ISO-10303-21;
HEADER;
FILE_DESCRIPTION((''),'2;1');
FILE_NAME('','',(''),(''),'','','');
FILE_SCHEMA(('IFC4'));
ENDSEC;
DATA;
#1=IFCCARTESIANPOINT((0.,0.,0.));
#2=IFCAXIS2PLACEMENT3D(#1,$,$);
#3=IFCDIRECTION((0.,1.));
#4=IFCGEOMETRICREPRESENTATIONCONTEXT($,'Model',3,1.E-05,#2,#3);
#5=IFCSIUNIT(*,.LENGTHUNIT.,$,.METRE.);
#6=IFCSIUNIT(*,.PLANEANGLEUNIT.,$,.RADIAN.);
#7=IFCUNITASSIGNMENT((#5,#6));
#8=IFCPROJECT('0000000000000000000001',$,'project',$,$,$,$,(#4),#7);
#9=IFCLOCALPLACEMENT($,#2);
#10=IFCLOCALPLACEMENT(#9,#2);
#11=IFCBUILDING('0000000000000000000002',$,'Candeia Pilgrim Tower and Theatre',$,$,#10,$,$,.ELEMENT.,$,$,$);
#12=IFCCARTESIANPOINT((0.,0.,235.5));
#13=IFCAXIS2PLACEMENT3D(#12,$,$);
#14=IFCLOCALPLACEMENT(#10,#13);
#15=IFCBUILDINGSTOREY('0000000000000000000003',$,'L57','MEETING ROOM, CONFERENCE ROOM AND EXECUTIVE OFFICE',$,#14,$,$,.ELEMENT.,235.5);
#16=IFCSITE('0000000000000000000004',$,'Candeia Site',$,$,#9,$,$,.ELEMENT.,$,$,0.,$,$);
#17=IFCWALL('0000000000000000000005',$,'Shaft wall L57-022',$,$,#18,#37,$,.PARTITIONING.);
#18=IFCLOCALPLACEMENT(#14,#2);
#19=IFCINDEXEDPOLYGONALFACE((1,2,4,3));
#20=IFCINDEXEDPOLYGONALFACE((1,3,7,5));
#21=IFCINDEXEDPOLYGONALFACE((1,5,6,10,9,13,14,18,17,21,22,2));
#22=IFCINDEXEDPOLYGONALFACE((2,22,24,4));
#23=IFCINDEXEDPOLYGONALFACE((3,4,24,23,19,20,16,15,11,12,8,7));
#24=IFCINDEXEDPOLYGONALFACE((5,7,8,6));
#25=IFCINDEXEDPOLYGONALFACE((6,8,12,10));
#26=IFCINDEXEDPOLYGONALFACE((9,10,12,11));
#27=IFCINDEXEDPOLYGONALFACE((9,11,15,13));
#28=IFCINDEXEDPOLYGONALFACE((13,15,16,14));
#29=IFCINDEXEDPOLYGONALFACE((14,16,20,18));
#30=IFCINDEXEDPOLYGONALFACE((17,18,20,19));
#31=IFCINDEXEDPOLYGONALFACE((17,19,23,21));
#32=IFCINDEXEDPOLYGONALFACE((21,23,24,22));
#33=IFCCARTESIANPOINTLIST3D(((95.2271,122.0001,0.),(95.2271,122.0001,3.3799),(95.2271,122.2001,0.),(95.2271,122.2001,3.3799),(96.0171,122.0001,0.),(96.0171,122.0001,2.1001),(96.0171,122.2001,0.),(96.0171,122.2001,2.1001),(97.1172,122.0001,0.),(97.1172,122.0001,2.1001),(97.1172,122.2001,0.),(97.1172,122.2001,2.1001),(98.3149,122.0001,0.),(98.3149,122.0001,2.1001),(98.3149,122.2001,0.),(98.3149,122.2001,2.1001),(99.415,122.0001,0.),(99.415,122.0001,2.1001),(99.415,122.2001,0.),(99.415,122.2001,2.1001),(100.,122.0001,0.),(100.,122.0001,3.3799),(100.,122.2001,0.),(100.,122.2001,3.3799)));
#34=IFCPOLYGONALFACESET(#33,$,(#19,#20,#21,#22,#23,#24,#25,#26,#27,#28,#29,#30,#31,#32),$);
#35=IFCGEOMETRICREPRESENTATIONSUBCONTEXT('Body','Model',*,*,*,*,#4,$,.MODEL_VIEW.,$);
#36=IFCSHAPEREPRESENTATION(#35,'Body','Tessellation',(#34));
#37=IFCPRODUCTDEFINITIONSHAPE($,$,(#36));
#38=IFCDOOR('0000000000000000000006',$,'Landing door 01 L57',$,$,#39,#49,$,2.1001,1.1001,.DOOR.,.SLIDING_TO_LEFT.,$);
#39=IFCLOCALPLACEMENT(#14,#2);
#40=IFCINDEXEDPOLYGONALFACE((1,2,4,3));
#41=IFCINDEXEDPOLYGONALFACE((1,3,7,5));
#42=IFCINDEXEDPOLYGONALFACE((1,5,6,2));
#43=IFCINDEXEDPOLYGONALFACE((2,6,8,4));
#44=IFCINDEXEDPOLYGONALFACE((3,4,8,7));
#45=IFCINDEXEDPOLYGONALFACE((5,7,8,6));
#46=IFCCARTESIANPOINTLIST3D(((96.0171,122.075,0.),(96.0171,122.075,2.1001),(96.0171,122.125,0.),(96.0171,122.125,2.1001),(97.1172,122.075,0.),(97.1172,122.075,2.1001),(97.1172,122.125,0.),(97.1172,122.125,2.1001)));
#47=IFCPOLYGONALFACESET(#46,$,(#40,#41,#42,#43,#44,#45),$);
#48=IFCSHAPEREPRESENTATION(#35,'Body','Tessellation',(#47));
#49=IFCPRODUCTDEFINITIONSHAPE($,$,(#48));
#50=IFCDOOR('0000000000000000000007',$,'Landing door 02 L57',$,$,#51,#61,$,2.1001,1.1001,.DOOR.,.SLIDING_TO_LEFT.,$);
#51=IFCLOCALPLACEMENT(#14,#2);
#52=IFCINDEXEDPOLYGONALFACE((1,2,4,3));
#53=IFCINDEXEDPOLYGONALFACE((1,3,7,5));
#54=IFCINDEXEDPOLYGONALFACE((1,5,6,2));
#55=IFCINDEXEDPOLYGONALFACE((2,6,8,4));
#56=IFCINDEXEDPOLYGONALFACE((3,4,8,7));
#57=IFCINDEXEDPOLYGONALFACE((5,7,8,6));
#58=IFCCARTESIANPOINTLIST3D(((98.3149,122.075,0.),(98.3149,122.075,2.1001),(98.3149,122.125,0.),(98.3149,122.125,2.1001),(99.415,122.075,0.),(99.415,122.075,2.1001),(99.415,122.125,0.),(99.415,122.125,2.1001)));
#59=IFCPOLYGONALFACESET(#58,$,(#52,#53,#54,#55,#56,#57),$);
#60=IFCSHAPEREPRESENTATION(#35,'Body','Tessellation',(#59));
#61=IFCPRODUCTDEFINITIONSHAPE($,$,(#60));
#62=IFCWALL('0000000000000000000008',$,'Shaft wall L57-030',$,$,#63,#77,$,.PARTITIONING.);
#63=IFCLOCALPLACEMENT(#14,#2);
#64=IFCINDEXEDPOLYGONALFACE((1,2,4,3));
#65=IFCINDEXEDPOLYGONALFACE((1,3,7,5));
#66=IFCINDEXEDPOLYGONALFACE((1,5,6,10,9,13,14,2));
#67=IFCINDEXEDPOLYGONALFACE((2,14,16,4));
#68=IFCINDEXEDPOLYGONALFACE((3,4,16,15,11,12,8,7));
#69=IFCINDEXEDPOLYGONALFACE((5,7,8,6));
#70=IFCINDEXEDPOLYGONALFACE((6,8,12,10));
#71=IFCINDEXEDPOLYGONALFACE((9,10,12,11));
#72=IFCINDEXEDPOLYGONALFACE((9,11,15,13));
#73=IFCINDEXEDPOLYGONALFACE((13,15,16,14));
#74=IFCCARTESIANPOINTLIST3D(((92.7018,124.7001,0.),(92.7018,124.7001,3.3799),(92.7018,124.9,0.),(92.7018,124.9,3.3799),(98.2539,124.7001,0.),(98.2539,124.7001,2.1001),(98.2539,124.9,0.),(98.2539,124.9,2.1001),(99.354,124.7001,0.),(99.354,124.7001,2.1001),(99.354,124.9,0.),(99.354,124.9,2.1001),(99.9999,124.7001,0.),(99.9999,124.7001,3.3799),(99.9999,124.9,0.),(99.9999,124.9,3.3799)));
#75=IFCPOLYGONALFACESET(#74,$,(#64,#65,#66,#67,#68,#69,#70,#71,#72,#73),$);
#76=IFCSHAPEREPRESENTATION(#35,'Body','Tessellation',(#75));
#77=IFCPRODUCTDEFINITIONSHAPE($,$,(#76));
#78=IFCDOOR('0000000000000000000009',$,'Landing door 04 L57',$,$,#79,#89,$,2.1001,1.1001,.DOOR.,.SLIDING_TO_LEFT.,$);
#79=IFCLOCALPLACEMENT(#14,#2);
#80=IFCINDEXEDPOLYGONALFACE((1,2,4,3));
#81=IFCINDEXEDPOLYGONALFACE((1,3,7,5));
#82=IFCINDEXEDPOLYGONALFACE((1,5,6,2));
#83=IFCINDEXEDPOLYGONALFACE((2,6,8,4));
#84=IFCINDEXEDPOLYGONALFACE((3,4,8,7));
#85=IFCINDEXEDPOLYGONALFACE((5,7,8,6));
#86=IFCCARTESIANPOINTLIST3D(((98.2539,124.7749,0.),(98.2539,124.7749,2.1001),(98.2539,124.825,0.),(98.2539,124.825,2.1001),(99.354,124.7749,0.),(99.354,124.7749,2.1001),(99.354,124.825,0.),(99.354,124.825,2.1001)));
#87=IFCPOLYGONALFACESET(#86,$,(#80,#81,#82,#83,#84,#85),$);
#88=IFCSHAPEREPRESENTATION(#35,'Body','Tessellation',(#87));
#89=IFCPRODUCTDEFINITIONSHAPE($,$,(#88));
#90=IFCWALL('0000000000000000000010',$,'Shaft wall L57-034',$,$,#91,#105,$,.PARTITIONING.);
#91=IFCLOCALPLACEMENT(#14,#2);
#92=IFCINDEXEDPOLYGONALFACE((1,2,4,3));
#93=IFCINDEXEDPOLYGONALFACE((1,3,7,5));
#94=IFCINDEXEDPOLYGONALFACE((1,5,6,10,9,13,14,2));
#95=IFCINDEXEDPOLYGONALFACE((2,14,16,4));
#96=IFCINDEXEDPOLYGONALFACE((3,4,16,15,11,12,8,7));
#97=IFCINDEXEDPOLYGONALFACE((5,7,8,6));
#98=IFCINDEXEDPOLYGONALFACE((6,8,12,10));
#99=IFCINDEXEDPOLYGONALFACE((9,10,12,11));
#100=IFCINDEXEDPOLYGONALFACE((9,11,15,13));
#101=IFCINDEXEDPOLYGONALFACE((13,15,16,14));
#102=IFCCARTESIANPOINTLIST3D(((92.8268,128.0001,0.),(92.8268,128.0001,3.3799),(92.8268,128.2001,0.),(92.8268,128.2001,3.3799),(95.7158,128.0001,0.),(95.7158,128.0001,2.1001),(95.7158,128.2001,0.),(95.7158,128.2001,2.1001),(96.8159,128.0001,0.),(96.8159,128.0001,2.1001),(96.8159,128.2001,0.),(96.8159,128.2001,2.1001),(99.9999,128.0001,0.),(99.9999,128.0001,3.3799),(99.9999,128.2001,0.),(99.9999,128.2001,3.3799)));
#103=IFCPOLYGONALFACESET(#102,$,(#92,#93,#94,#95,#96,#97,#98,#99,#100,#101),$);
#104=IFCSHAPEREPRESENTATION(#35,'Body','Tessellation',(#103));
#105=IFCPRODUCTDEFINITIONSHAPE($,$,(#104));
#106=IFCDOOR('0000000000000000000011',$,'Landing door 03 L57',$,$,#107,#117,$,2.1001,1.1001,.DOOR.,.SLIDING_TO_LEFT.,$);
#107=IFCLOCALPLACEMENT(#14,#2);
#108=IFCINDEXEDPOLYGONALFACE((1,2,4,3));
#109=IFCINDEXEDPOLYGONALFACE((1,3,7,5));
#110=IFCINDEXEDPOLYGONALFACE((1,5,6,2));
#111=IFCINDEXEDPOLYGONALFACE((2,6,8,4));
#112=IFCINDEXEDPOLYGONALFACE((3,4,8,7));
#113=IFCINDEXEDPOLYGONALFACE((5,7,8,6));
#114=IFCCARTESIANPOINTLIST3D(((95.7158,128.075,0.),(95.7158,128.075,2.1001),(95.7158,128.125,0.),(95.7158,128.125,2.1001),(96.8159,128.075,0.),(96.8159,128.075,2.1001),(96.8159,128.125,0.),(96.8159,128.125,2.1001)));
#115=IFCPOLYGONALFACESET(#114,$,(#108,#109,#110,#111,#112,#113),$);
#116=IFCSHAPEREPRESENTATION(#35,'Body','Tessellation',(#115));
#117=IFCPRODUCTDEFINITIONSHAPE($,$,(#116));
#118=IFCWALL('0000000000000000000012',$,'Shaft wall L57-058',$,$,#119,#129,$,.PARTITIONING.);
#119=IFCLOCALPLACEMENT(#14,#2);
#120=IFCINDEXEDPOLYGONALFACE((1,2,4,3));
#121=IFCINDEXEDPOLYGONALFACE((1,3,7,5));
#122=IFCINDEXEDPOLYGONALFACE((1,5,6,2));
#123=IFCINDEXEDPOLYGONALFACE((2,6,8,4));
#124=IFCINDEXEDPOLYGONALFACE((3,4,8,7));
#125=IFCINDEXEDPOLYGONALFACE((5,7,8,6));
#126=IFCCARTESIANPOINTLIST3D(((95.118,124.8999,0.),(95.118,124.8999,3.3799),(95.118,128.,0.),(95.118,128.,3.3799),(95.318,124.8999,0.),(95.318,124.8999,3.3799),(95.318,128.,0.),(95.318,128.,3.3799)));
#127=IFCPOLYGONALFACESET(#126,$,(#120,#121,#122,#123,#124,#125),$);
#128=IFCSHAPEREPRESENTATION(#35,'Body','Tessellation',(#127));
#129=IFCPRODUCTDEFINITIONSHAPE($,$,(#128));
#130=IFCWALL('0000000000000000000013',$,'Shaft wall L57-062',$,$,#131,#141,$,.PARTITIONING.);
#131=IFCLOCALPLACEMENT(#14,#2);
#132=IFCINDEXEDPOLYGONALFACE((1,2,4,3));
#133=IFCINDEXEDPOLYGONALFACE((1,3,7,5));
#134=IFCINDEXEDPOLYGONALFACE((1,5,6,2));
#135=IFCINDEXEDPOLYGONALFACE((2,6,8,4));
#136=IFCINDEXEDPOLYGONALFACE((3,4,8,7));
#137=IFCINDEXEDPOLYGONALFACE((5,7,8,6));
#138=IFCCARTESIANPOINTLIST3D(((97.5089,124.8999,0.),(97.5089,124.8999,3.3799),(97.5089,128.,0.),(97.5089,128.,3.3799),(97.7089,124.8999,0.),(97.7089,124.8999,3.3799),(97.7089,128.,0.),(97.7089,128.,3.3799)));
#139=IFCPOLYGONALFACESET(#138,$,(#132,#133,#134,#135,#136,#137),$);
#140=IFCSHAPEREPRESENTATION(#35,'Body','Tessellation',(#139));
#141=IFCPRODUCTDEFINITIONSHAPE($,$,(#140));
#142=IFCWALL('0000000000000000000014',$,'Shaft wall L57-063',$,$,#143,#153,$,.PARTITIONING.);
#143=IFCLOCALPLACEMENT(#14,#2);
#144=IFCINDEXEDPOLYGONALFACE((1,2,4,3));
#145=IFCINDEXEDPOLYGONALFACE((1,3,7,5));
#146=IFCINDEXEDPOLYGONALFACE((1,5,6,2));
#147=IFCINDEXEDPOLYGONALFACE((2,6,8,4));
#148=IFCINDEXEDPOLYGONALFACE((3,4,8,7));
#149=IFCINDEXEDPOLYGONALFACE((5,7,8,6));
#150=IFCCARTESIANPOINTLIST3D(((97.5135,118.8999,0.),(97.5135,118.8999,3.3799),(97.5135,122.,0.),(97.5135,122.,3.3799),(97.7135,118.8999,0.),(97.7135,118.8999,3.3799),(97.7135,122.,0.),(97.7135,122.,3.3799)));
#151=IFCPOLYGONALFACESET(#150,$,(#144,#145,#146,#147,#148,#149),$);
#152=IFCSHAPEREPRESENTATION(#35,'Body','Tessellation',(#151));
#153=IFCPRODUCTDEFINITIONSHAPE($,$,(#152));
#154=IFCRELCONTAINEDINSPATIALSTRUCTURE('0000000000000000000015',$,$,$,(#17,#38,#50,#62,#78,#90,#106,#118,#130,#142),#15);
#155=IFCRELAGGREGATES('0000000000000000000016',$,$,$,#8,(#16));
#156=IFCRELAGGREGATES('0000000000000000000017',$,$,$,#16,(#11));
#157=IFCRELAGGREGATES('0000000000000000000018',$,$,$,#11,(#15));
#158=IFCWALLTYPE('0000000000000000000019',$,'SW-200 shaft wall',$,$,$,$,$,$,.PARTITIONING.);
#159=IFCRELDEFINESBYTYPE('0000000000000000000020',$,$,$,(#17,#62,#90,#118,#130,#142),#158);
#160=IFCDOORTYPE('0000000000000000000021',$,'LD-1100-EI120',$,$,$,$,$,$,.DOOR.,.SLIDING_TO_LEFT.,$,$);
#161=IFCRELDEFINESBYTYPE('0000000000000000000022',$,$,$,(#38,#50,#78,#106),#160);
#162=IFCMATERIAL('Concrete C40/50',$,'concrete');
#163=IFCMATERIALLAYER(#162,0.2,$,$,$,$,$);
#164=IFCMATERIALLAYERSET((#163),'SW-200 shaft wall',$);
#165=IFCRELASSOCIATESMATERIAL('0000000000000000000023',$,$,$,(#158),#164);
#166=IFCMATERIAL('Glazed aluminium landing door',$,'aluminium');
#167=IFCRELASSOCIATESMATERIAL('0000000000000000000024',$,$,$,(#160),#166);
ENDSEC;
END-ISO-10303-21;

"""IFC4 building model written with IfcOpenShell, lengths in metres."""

from ifc_helpers import new_model, si_unit, direction, frame, frame_2d, origin, place, context, subcontext, project, spatial, rectangle, extrude, material, layer, layer_set, type_object, element, fill, save


model = new_model("IFC4")

# Units and contexts
model_context = context("Model", 3, precision=1e-05, world=origin(), true_north=direction((0.0, 1.0)))
body_context = subcontext(model_context, "Body", "Model", "MODEL_VIEW")
ifc_project = project(units=[si_unit("LENGTHUNIT", "METRE"), si_unit("PLANEANGLEUNIT", "RADIAN")], contexts=[model_context])

# Site, building, storey
site_placement = place(None, origin())
site = spatial("IfcSite", under=ifc_project, at=site_placement, Name="Candeia Site", CompositionType="ELEMENT", RefElevation=0.0)
building_placement = place(site_placement, origin())
building = spatial("IfcBuilding", under=site, at=building_placement, Name="Candeia Pilgrim Tower and Theatre", CompositionType="ELEMENT")
storey_placement = place(building_placement, frame((0.0, 0.0, 235.5)))
storey = spatial("IfcBuildingStorey", under=building, at=storey_placement, Name="L57", Description="MEETING ROOM, CONFERENCE ROOM AND EXECUTIVE OFFICE", CompositionType="ELEMENT", Elevation=235.5)

# Shared definitions
ifc_material_1 = material(Name="Concrete C40/50", Category="concrete")
ifc_layer_1 = layer(ifc_material_1, 0.2)
ifc_layer_set_1 = layer_set([ifc_layer_1], Name="SW-200 shaft wall")
wall_type_1 = type_object("IfcWallType", Name="SW-200 shaft wall", PredefinedType="PARTITIONING", material=ifc_layer_set_1)

# Wall, openings, doors
wall_1_placement = place(storey_placement, frame((95.2271, 122.1001, 0.0), z_axis=(0.0, 0.0, 1.0), x_axis=(1.0, 0.0, 0.0)))
wall_1 = element("IfcWall", 1, at=wall_1_placement, inside=storey, type_object=wall_type_1, Name="Shaft wall L57-022", PredefinedType="PARTITIONING", context=body_context, shape_type="SweptSolid", body=[
    extrude(rectangle(XDim=4.7729, YDim=0.2, at=frame_2d((2.3865, 0.0))), origin(), (0.0, 0.0, 1.0), 3.3799),
])
opening_1_placement = place(wall_1_placement, frame((0.79, 0.0, 0.0)))
opening_1 = element("IfcOpeningElement", 2, at=opening_1_placement, cuts=wall_1, PredefinedType="OPENING", context=body_context, shape_type="SweptSolid", body=[
    extrude(rectangle(XDim=1.1001, YDim=2.1001, at=frame_2d((0.55, 1.05))), frame((0.0, 0.1099, 0.0), z_axis=(0.0, -1.0, 0.0), x_axis=(1.0, 0.0, 0.0)), (0.0, 0.0, 1.0), 0.22),
])
opening_2_placement = place(wall_1_placement, frame((3.0879, 0.0, 0.0)))
opening_2 = element("IfcOpeningElement", 3, at=opening_2_placement, cuts=wall_1, PredefinedType="OPENING", context=body_context, shape_type="SweptSolid", body=[
    extrude(rectangle(XDim=1.1001, YDim=2.1001, at=frame_2d((0.55, 1.05))), frame((0.0, 0.1099, 0.0), z_axis=(0.0, -1.0, 0.0), x_axis=(1.0, 0.0, 0.0)), (0.0, 0.0, 1.0), 0.22),
])
ifc_material_2 = material(Name="Glazed aluminium landing door", Category="aluminium")
door_type_1 = type_object("IfcDoorType", Name="LD-1100-EI120", OperationType="SLIDING_TO_LEFT", PredefinedType="DOOR", material=ifc_material_2)
door_1_placement = place(opening_1_placement, origin())
door_1 = element("IfcDoor", 4, at=door_1_placement, inside=storey, type_object=door_type_1, Name="Landing door 01 L57", OperationType="SLIDING_TO_LEFT", OverallHeight=2.1001, OverallWidth=1.1001, PredefinedType="DOOR", context=body_context, shape_type="SweptSolid", body=[
    extrude(rectangle(XDim=1.1001, YDim=2.1001, at=frame_2d((0.55, 1.05))), frame((0.0, 0.0249, 0.0), z_axis=(0.0, -1.0, 0.0), x_axis=(1.0, 0.0, 0.0)), (0.0, 0.0, 1.0), 0.05),
])
fill(opening_1, door_1)
door_2_placement = place(opening_2_placement, origin())
door_2 = element("IfcDoor", 5, at=door_2_placement, inside=storey, type_object=door_type_1, Name="Landing door 02 L57", OperationType="SLIDING_TO_LEFT", OverallHeight=2.1001, OverallWidth=1.1001, PredefinedType="DOOR", context=body_context, shape_type="SweptSolid", body=[
    extrude(rectangle(XDim=1.1001, YDim=2.1001, at=frame_2d((0.55, 1.05))), frame((0.0, 0.0249, 0.0), z_axis=(0.0, -1.0, 0.0), x_axis=(1.0, 0.0, 0.0)), (0.0, 0.0, 1.0), 0.05),
])
fill(opening_2, door_2)

# Walls, openings, doors
wall_2_placement = place(storey_placement, frame((92.7019, 124.8, 0.0), z_axis=(0.0, 0.0, 1.0), x_axis=(1.0, 0.0, 0.0)))
wall_2 = element("IfcWall", 6, at=wall_2_placement, inside=storey, type_object=wall_type_1, Name="Shaft wall L57-030", PredefinedType="PARTITIONING", context=body_context, shape_type="SweptSolid", body=[
    extrude(rectangle(XDim=7.2981, YDim=0.2, at=frame_2d((3.6489, 0.0))), origin(), (0.0, 0.0, 1.0), 3.3799),
])
opening_3_placement = place(wall_2_placement, frame((5.552, 0.0, 0.0)))
opening_3 = element("IfcOpeningElement", 7, at=opening_3_placement, cuts=wall_2, PredefinedType="OPENING", context=body_context, shape_type="SweptSolid", body=[
    extrude(rectangle(XDim=1.1001, YDim=2.1001, at=frame_2d((0.55, 1.05))), frame((0.0, 0.1099, 0.0), z_axis=(0.0, -1.0, 0.0), x_axis=(1.0, 0.0, 0.0)), (0.0, 0.0, 1.0), 0.22),
])
door_3_placement = place(opening_3_placement, origin())
door_3 = element("IfcDoor", 8, at=door_3_placement, inside=storey, type_object=door_type_1, Name="Landing door 04 L57", OperationType="SLIDING_TO_LEFT", OverallHeight=2.1001, OverallWidth=1.1001, PredefinedType="DOOR", context=body_context, shape_type="SweptSolid", body=[
    extrude(rectangle(XDim=1.1001, YDim=2.1001, at=frame_2d((0.55, 1.05))), frame((0.0, 0.0249, 0.0), z_axis=(0.0, -1.0, 0.0), x_axis=(1.0, 0.0, 0.0)), (0.0, 0.0, 1.0), 0.05),
])
fill(opening_3, door_3)
wall_3_placement = place(storey_placement, frame((92.8269, 128.1001, 0.0), z_axis=(0.0, 0.0, 1.0), x_axis=(1.0, 0.0, 0.0)))
wall_3 = element("IfcWall", 9, at=wall_3_placement, inside=storey, type_object=wall_type_1, Name="Shaft wall L57-034", PredefinedType="PARTITIONING", context=body_context, shape_type="SweptSolid", body=[
    extrude(rectangle(XDim=7.1731, YDim=0.2, at=frame_2d((3.5864, 0.0))), origin(), (0.0, 0.0, 1.0), 3.3799),
])
opening_4_placement = place(wall_3_placement, frame((2.8889, 0.0, 0.0)))
opening_4 = element("IfcOpeningElement", 10, at=opening_4_placement, cuts=wall_3, PredefinedType="OPENING", context=body_context, shape_type="SweptSolid", body=[
    extrude(rectangle(XDim=1.1001, YDim=2.1001, at=frame_2d((0.55, 1.05))), frame((0.0, 0.1099, 0.0), z_axis=(0.0, -1.0, 0.0), x_axis=(1.0, 0.0, 0.0)), (0.0, 0.0, 1.0), 0.22),
])
door_4_placement = place(opening_4_placement, origin())
door_4 = element("IfcDoor", 11, at=door_4_placement, inside=storey, type_object=door_type_1, Name="Landing door 03 L57", OperationType="SLIDING_TO_LEFT", OverallHeight=2.1001, OverallWidth=1.1001, PredefinedType="DOOR", context=body_context, shape_type="SweptSolid", body=[
    extrude(rectangle(XDim=1.1001, YDim=2.1001, at=frame_2d((0.55, 1.05))), frame((0.0, 0.0249, 0.0), z_axis=(0.0, -1.0, 0.0), x_axis=(1.0, 0.0, 0.0)), (0.0, 0.0, 1.0), 0.05),
])
fill(opening_4, door_4)

# Walls
for number, where, z_axis, x_axis, name in (
    (12, (95.218, 124.8999, 0.0), (0.0, 0.0, 1.0), (0.0, 1.0, 0.0), "Shaft wall L57-058"),
    (13, (97.6089, 124.8999, 0.0), (0.0, 0.0, 1.0), (0.0, 1.0, 0.0), "Shaft wall L57-062"),
    (14, (97.6135, 118.8999, 0.0), (0.0, 0.0, 1.0), (0.0, 1.0, 0.0), "Shaft wall L57-063"),
):
    element("IfcWall", number, at=place(storey_placement, frame(where, z_axis=z_axis, x_axis=x_axis)), inside=storey, type_object=wall_type_1, Name=name, PredefinedType="PARTITIONING", context=body_context, shape_type="SweptSolid", body=[
        extrude(rectangle(XDim=3.1001, YDim=0.2, at=frame_2d((1.55, 0.0))), origin(), (0.0, 0.0, 1.0), 3.3799),
    ])

save(model, "model.ifc")
